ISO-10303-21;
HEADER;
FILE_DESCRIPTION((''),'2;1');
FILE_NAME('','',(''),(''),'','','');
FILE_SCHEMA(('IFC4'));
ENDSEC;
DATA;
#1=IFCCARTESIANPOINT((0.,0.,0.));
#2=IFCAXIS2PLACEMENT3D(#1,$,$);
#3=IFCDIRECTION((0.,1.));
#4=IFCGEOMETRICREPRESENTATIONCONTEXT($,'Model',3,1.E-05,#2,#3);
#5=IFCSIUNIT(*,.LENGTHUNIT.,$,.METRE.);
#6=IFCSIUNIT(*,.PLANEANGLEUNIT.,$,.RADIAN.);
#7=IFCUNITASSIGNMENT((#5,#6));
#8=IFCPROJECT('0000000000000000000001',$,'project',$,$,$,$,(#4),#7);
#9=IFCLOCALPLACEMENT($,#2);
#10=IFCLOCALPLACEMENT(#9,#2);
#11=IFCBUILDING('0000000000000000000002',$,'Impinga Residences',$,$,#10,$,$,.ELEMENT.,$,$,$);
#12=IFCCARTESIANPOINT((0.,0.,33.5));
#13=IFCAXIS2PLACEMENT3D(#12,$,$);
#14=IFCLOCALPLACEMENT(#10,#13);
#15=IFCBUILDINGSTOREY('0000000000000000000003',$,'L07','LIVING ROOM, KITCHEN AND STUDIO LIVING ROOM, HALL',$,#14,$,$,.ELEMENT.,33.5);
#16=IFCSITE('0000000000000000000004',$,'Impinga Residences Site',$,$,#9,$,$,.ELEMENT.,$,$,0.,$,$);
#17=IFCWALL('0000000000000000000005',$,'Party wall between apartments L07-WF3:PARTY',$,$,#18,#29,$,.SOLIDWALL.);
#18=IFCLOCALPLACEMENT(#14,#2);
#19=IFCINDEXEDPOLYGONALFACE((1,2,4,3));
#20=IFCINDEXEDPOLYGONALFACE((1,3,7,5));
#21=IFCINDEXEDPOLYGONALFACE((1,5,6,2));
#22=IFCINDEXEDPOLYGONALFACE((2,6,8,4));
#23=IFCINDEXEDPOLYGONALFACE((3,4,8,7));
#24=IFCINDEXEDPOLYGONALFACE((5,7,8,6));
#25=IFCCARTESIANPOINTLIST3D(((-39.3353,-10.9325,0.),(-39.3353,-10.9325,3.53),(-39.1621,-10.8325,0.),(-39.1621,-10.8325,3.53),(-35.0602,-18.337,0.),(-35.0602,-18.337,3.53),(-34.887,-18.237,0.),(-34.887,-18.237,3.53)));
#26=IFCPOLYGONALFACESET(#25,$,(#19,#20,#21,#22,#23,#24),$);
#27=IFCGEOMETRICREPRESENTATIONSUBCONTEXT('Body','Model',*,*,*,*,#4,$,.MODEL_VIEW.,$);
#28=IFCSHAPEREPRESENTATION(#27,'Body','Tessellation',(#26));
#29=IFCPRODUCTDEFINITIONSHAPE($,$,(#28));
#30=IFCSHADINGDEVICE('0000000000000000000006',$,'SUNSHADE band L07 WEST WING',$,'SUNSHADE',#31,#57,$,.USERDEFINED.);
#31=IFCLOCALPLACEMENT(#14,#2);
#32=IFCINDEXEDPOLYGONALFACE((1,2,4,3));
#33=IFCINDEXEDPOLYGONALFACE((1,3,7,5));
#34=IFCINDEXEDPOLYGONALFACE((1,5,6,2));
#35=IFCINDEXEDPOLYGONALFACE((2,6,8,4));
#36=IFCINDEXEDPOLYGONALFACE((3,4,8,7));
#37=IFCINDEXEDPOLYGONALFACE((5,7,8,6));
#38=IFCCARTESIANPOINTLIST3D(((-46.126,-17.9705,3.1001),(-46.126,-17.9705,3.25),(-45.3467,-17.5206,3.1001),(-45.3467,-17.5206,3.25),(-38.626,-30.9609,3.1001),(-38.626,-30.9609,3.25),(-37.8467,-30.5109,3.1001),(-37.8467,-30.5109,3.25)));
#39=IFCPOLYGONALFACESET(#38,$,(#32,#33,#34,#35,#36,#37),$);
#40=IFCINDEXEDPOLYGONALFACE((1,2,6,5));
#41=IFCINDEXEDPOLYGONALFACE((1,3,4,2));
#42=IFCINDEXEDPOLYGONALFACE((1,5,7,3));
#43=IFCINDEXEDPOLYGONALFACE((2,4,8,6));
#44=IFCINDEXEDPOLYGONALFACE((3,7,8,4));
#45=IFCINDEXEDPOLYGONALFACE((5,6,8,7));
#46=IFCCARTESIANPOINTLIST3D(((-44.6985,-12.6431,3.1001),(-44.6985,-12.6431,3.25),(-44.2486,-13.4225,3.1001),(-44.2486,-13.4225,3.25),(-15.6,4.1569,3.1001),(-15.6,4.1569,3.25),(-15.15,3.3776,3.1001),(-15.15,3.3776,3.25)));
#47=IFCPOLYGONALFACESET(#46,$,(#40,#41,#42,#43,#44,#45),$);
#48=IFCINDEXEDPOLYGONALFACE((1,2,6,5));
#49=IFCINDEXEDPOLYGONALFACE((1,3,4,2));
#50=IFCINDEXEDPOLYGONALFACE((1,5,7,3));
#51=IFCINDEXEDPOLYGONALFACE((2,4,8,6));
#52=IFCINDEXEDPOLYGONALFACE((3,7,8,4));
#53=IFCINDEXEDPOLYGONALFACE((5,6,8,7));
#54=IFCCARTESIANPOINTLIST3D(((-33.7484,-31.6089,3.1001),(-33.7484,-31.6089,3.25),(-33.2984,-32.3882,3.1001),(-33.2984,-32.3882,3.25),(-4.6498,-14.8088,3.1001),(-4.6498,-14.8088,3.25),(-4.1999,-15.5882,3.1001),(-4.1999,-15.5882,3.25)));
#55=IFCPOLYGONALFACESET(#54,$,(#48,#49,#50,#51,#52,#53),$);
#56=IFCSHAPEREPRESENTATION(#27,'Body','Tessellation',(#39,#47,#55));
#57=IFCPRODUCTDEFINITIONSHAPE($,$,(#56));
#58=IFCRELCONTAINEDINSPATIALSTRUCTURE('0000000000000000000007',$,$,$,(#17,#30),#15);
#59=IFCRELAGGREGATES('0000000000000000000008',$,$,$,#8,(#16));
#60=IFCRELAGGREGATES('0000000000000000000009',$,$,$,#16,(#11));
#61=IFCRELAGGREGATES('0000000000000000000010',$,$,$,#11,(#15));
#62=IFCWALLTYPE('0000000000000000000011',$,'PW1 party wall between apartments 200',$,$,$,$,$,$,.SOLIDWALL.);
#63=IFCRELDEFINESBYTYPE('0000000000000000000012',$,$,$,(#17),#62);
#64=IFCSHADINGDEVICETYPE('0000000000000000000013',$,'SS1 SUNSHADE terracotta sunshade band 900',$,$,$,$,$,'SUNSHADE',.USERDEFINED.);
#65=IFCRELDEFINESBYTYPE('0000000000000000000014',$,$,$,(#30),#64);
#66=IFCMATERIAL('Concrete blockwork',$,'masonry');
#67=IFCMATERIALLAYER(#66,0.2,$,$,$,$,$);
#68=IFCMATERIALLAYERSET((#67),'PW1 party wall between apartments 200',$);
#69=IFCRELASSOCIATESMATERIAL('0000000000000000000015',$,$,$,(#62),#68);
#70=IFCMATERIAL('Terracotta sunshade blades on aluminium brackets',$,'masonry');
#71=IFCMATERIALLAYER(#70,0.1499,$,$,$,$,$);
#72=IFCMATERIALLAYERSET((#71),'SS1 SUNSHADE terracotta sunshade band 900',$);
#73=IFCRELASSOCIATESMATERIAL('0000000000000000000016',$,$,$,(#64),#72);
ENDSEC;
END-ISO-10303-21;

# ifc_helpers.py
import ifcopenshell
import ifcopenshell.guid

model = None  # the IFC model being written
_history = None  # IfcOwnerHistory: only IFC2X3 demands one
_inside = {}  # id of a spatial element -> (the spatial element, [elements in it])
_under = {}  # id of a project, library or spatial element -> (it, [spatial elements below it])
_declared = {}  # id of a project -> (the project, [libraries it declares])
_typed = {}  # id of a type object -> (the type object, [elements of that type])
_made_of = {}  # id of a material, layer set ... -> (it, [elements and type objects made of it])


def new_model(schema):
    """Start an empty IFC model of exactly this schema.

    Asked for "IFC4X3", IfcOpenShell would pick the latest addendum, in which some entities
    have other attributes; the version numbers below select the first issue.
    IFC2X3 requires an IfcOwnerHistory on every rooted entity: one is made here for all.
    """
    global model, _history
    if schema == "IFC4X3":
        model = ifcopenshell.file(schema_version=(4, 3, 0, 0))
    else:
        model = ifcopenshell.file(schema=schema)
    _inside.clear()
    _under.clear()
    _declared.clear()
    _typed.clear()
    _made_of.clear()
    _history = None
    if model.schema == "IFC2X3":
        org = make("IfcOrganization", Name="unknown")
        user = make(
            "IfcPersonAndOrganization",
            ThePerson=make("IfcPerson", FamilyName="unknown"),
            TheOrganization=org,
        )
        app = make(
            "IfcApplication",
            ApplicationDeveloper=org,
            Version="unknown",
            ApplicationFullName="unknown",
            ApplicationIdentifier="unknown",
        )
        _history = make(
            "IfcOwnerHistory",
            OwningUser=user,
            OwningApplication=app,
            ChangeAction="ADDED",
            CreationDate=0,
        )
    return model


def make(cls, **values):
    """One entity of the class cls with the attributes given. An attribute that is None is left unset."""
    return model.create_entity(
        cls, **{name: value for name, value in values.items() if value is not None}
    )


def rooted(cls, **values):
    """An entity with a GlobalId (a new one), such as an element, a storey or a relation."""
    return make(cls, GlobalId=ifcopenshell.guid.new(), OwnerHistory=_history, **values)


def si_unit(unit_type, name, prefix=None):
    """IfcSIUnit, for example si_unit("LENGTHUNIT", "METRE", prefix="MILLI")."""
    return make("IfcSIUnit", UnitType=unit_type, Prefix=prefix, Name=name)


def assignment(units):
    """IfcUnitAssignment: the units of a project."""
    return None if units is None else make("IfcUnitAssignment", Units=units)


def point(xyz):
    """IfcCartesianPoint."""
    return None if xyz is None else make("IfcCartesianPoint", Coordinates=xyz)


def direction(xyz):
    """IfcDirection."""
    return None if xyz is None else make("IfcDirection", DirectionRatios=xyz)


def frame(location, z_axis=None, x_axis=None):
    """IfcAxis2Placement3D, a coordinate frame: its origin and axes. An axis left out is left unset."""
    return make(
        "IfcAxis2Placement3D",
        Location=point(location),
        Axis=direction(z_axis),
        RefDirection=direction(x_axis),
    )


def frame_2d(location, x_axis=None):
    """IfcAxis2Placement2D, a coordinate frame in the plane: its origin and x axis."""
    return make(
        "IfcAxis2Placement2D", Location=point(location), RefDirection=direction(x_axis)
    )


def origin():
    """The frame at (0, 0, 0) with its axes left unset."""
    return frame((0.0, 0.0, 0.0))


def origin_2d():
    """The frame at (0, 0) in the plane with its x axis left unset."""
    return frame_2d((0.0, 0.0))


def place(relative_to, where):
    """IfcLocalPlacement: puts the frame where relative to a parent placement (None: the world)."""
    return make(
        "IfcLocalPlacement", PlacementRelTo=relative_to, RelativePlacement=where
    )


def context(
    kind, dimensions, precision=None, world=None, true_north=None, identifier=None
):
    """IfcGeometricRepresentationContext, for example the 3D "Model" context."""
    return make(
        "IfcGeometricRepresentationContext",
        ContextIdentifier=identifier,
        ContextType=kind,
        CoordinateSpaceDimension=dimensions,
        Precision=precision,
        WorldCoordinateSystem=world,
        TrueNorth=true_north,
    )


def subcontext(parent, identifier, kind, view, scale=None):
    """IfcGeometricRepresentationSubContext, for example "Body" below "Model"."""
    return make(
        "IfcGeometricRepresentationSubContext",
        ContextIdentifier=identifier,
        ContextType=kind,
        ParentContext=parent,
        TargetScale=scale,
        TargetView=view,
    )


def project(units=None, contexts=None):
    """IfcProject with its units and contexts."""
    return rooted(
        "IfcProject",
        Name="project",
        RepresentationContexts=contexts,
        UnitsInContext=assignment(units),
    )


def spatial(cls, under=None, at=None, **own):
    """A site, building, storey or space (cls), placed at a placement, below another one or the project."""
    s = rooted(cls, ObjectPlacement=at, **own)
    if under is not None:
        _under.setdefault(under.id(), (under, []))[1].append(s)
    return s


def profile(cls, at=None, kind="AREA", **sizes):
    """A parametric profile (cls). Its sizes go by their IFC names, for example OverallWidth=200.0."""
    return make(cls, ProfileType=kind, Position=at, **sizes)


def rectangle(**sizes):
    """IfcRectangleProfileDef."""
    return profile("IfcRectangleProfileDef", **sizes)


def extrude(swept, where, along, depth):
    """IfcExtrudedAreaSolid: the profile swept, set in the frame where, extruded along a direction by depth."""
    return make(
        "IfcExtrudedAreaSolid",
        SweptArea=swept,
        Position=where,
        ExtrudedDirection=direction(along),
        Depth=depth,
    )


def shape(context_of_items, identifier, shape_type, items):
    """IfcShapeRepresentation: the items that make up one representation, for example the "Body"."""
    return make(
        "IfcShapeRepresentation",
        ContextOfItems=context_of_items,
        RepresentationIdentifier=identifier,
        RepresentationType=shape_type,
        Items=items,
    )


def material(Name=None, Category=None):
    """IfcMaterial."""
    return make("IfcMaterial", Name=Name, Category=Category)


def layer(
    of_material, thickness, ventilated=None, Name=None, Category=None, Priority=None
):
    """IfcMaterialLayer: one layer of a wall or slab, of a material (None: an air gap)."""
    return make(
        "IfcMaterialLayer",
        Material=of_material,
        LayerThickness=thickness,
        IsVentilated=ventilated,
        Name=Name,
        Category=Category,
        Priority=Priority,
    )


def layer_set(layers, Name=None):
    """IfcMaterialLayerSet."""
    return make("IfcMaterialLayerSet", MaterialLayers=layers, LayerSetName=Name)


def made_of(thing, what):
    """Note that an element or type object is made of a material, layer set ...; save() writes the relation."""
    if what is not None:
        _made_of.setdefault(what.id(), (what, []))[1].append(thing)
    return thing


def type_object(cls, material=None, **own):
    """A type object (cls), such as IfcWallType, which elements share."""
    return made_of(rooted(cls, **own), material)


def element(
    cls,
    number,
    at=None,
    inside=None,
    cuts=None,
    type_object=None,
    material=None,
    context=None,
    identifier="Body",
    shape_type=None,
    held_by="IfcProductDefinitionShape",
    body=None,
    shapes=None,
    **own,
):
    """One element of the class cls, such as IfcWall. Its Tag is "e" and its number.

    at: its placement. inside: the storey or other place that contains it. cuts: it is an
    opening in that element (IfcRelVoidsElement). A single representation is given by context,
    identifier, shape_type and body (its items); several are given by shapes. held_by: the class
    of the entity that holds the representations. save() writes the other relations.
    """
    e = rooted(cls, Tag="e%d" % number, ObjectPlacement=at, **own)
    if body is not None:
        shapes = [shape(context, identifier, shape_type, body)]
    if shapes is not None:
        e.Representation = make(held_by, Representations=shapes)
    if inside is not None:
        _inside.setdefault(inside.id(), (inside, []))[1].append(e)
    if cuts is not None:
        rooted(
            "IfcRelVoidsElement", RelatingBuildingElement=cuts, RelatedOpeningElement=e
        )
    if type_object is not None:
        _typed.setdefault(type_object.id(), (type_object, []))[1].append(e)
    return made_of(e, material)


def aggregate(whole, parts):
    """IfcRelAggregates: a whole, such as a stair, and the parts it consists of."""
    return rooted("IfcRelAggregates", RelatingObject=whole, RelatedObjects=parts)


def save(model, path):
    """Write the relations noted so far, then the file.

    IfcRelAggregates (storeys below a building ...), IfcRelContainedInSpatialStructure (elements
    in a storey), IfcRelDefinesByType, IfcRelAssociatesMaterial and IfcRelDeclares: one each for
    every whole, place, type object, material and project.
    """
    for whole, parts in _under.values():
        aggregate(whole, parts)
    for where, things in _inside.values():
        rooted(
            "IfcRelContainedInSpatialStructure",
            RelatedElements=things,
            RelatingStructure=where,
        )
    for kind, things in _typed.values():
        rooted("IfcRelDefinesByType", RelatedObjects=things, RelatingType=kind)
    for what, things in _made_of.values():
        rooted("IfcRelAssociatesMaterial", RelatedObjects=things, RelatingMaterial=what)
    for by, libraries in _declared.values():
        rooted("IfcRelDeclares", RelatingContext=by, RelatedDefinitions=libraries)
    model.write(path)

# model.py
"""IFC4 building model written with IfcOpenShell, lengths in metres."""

from ifc_helpers import new_model, si_unit, direction, frame, frame_2d, origin, origin_2d, place, context, subcontext, project, spatial, rectangle, extrude, material, layer, layer_set, type_object, element, save


model = new_model("IFC4")

# Units and contexts
model_context = context("Model", 3, precision=1e-05, world=origin(), true_north=direction((0.0, 1.0)))
body_context = subcontext(model_context, "Body", "Model", "MODEL_VIEW")
ifc_project = project(units=[si_unit("LENGTHUNIT", "METRE"), si_unit("PLANEANGLEUNIT", "RADIAN")], contexts=[model_context])

# Site, building, storey
site_placement = place(None, origin())
site = spatial("IfcSite", under=ifc_project, at=site_placement, Name="Impinga Residences Site", CompositionType="ELEMENT", RefElevation=0.0)
building_placement = place(site_placement, origin())
building = spatial("IfcBuilding", under=site, at=building_placement, Name="Impinga Residences", CompositionType="ELEMENT")
storey_placement = place(building_placement, frame((0.0, 0.0, 33.5)))
storey = spatial("IfcBuildingStorey", under=building, at=storey_placement, Name="L07", Description="LIVING ROOM, KITCHEN AND STUDIO LIVING ROOM, HALL", CompositionType="ELEMENT", Elevation=33.5)

# Wall
ifc_material_1 = material(Name="Concrete blockwork", Category="masonry")
ifc_layer_1 = layer(ifc_material_1, 0.2)
ifc_layer_set_1 = layer_set([ifc_layer_1], Name="PW1 party wall between apartments 200")
wall_type_1 = type_object("IfcWallType", Name="PW1 party wall between apartments 200", PredefinedType="SOLIDWALL", material=ifc_layer_set_1)
wall_1_placement = place(storey_placement, frame((-34.9736, -18.2869, 0.0), z_axis=(0.0, 0.0, 1.0), x_axis=(-0.500012, 0.866019, 0.0)))
element("IfcWall", 1, at=wall_1_placement, inside=storey, type_object=wall_type_1, Name="Party wall between apartments L07-WF3:PARTY", PredefinedType="SOLIDWALL", context=body_context, shape_type="SweptSolid", body=[
    extrude(rectangle(XDim=8.55, YDim=0.2, at=frame_2d((4.2749, 0.0))), origin(), (0.0, 0.0, 1.0), 3.53),
])

# Shading device
ifc_material_2 = material(Name="Terracotta sunshade blades on aluminium brackets", Category="masonry")
ifc_layer_2 = layer(ifc_material_2, 0.1499)
ifc_layer_set_2 = layer_set([ifc_layer_2], Name="SS1 SUNSHADE terracotta sunshade band 900")
shading_device_type = type_object("IfcShadingDeviceType", Name="SS1 SUNSHADE terracotta sunshade band 900", ElementType="SUNSHADE", PredefinedType="USERDEFINED", material=ifc_layer_set_2)
shading_device_placement = place(storey_placement, frame((-41.9863, -24.2407, 3.1001), z_axis=(0.0, 0.0, 1.0), x_axis=(-0.5, 0.866025, 0.0)))
element("IfcShadingDevice", 2, at=shading_device_placement, inside=storey, type_object=shading_device_type, Name="SUNSHADE band L07 WEST WING", ObjectType="SUNSHADE", PredefinedType="USERDEFINED", context=body_context, shape_type="SweptSolid", body=[
    extrude(rectangle(XDim=15.0, YDim=0.8999, at=origin_2d()), origin(), (0.0, 0.0, 1.0), 0.1499),
    extrude(rectangle(XDim=33.6001, YDim=0.8999, at=origin_2d()), frame((10.95, -20.25, 0.0), z_axis=(0.0, 0.0, 1.0), x_axis=(0.0, -1.0, 0.0)), (0.0, 0.0, 1.0), 0.1499),
    extrude(rectangle(XDim=33.6001, YDim=0.8999, at=origin_2d()), frame((-10.95, -20.2502, 0.0), z_axis=(0.0, 0.0, 1.0), x_axis=(0.0, 1.0, 0.0)), (0.0, 0.0, 1.0), 0.1499),
])

save(model, "model.ifc")
